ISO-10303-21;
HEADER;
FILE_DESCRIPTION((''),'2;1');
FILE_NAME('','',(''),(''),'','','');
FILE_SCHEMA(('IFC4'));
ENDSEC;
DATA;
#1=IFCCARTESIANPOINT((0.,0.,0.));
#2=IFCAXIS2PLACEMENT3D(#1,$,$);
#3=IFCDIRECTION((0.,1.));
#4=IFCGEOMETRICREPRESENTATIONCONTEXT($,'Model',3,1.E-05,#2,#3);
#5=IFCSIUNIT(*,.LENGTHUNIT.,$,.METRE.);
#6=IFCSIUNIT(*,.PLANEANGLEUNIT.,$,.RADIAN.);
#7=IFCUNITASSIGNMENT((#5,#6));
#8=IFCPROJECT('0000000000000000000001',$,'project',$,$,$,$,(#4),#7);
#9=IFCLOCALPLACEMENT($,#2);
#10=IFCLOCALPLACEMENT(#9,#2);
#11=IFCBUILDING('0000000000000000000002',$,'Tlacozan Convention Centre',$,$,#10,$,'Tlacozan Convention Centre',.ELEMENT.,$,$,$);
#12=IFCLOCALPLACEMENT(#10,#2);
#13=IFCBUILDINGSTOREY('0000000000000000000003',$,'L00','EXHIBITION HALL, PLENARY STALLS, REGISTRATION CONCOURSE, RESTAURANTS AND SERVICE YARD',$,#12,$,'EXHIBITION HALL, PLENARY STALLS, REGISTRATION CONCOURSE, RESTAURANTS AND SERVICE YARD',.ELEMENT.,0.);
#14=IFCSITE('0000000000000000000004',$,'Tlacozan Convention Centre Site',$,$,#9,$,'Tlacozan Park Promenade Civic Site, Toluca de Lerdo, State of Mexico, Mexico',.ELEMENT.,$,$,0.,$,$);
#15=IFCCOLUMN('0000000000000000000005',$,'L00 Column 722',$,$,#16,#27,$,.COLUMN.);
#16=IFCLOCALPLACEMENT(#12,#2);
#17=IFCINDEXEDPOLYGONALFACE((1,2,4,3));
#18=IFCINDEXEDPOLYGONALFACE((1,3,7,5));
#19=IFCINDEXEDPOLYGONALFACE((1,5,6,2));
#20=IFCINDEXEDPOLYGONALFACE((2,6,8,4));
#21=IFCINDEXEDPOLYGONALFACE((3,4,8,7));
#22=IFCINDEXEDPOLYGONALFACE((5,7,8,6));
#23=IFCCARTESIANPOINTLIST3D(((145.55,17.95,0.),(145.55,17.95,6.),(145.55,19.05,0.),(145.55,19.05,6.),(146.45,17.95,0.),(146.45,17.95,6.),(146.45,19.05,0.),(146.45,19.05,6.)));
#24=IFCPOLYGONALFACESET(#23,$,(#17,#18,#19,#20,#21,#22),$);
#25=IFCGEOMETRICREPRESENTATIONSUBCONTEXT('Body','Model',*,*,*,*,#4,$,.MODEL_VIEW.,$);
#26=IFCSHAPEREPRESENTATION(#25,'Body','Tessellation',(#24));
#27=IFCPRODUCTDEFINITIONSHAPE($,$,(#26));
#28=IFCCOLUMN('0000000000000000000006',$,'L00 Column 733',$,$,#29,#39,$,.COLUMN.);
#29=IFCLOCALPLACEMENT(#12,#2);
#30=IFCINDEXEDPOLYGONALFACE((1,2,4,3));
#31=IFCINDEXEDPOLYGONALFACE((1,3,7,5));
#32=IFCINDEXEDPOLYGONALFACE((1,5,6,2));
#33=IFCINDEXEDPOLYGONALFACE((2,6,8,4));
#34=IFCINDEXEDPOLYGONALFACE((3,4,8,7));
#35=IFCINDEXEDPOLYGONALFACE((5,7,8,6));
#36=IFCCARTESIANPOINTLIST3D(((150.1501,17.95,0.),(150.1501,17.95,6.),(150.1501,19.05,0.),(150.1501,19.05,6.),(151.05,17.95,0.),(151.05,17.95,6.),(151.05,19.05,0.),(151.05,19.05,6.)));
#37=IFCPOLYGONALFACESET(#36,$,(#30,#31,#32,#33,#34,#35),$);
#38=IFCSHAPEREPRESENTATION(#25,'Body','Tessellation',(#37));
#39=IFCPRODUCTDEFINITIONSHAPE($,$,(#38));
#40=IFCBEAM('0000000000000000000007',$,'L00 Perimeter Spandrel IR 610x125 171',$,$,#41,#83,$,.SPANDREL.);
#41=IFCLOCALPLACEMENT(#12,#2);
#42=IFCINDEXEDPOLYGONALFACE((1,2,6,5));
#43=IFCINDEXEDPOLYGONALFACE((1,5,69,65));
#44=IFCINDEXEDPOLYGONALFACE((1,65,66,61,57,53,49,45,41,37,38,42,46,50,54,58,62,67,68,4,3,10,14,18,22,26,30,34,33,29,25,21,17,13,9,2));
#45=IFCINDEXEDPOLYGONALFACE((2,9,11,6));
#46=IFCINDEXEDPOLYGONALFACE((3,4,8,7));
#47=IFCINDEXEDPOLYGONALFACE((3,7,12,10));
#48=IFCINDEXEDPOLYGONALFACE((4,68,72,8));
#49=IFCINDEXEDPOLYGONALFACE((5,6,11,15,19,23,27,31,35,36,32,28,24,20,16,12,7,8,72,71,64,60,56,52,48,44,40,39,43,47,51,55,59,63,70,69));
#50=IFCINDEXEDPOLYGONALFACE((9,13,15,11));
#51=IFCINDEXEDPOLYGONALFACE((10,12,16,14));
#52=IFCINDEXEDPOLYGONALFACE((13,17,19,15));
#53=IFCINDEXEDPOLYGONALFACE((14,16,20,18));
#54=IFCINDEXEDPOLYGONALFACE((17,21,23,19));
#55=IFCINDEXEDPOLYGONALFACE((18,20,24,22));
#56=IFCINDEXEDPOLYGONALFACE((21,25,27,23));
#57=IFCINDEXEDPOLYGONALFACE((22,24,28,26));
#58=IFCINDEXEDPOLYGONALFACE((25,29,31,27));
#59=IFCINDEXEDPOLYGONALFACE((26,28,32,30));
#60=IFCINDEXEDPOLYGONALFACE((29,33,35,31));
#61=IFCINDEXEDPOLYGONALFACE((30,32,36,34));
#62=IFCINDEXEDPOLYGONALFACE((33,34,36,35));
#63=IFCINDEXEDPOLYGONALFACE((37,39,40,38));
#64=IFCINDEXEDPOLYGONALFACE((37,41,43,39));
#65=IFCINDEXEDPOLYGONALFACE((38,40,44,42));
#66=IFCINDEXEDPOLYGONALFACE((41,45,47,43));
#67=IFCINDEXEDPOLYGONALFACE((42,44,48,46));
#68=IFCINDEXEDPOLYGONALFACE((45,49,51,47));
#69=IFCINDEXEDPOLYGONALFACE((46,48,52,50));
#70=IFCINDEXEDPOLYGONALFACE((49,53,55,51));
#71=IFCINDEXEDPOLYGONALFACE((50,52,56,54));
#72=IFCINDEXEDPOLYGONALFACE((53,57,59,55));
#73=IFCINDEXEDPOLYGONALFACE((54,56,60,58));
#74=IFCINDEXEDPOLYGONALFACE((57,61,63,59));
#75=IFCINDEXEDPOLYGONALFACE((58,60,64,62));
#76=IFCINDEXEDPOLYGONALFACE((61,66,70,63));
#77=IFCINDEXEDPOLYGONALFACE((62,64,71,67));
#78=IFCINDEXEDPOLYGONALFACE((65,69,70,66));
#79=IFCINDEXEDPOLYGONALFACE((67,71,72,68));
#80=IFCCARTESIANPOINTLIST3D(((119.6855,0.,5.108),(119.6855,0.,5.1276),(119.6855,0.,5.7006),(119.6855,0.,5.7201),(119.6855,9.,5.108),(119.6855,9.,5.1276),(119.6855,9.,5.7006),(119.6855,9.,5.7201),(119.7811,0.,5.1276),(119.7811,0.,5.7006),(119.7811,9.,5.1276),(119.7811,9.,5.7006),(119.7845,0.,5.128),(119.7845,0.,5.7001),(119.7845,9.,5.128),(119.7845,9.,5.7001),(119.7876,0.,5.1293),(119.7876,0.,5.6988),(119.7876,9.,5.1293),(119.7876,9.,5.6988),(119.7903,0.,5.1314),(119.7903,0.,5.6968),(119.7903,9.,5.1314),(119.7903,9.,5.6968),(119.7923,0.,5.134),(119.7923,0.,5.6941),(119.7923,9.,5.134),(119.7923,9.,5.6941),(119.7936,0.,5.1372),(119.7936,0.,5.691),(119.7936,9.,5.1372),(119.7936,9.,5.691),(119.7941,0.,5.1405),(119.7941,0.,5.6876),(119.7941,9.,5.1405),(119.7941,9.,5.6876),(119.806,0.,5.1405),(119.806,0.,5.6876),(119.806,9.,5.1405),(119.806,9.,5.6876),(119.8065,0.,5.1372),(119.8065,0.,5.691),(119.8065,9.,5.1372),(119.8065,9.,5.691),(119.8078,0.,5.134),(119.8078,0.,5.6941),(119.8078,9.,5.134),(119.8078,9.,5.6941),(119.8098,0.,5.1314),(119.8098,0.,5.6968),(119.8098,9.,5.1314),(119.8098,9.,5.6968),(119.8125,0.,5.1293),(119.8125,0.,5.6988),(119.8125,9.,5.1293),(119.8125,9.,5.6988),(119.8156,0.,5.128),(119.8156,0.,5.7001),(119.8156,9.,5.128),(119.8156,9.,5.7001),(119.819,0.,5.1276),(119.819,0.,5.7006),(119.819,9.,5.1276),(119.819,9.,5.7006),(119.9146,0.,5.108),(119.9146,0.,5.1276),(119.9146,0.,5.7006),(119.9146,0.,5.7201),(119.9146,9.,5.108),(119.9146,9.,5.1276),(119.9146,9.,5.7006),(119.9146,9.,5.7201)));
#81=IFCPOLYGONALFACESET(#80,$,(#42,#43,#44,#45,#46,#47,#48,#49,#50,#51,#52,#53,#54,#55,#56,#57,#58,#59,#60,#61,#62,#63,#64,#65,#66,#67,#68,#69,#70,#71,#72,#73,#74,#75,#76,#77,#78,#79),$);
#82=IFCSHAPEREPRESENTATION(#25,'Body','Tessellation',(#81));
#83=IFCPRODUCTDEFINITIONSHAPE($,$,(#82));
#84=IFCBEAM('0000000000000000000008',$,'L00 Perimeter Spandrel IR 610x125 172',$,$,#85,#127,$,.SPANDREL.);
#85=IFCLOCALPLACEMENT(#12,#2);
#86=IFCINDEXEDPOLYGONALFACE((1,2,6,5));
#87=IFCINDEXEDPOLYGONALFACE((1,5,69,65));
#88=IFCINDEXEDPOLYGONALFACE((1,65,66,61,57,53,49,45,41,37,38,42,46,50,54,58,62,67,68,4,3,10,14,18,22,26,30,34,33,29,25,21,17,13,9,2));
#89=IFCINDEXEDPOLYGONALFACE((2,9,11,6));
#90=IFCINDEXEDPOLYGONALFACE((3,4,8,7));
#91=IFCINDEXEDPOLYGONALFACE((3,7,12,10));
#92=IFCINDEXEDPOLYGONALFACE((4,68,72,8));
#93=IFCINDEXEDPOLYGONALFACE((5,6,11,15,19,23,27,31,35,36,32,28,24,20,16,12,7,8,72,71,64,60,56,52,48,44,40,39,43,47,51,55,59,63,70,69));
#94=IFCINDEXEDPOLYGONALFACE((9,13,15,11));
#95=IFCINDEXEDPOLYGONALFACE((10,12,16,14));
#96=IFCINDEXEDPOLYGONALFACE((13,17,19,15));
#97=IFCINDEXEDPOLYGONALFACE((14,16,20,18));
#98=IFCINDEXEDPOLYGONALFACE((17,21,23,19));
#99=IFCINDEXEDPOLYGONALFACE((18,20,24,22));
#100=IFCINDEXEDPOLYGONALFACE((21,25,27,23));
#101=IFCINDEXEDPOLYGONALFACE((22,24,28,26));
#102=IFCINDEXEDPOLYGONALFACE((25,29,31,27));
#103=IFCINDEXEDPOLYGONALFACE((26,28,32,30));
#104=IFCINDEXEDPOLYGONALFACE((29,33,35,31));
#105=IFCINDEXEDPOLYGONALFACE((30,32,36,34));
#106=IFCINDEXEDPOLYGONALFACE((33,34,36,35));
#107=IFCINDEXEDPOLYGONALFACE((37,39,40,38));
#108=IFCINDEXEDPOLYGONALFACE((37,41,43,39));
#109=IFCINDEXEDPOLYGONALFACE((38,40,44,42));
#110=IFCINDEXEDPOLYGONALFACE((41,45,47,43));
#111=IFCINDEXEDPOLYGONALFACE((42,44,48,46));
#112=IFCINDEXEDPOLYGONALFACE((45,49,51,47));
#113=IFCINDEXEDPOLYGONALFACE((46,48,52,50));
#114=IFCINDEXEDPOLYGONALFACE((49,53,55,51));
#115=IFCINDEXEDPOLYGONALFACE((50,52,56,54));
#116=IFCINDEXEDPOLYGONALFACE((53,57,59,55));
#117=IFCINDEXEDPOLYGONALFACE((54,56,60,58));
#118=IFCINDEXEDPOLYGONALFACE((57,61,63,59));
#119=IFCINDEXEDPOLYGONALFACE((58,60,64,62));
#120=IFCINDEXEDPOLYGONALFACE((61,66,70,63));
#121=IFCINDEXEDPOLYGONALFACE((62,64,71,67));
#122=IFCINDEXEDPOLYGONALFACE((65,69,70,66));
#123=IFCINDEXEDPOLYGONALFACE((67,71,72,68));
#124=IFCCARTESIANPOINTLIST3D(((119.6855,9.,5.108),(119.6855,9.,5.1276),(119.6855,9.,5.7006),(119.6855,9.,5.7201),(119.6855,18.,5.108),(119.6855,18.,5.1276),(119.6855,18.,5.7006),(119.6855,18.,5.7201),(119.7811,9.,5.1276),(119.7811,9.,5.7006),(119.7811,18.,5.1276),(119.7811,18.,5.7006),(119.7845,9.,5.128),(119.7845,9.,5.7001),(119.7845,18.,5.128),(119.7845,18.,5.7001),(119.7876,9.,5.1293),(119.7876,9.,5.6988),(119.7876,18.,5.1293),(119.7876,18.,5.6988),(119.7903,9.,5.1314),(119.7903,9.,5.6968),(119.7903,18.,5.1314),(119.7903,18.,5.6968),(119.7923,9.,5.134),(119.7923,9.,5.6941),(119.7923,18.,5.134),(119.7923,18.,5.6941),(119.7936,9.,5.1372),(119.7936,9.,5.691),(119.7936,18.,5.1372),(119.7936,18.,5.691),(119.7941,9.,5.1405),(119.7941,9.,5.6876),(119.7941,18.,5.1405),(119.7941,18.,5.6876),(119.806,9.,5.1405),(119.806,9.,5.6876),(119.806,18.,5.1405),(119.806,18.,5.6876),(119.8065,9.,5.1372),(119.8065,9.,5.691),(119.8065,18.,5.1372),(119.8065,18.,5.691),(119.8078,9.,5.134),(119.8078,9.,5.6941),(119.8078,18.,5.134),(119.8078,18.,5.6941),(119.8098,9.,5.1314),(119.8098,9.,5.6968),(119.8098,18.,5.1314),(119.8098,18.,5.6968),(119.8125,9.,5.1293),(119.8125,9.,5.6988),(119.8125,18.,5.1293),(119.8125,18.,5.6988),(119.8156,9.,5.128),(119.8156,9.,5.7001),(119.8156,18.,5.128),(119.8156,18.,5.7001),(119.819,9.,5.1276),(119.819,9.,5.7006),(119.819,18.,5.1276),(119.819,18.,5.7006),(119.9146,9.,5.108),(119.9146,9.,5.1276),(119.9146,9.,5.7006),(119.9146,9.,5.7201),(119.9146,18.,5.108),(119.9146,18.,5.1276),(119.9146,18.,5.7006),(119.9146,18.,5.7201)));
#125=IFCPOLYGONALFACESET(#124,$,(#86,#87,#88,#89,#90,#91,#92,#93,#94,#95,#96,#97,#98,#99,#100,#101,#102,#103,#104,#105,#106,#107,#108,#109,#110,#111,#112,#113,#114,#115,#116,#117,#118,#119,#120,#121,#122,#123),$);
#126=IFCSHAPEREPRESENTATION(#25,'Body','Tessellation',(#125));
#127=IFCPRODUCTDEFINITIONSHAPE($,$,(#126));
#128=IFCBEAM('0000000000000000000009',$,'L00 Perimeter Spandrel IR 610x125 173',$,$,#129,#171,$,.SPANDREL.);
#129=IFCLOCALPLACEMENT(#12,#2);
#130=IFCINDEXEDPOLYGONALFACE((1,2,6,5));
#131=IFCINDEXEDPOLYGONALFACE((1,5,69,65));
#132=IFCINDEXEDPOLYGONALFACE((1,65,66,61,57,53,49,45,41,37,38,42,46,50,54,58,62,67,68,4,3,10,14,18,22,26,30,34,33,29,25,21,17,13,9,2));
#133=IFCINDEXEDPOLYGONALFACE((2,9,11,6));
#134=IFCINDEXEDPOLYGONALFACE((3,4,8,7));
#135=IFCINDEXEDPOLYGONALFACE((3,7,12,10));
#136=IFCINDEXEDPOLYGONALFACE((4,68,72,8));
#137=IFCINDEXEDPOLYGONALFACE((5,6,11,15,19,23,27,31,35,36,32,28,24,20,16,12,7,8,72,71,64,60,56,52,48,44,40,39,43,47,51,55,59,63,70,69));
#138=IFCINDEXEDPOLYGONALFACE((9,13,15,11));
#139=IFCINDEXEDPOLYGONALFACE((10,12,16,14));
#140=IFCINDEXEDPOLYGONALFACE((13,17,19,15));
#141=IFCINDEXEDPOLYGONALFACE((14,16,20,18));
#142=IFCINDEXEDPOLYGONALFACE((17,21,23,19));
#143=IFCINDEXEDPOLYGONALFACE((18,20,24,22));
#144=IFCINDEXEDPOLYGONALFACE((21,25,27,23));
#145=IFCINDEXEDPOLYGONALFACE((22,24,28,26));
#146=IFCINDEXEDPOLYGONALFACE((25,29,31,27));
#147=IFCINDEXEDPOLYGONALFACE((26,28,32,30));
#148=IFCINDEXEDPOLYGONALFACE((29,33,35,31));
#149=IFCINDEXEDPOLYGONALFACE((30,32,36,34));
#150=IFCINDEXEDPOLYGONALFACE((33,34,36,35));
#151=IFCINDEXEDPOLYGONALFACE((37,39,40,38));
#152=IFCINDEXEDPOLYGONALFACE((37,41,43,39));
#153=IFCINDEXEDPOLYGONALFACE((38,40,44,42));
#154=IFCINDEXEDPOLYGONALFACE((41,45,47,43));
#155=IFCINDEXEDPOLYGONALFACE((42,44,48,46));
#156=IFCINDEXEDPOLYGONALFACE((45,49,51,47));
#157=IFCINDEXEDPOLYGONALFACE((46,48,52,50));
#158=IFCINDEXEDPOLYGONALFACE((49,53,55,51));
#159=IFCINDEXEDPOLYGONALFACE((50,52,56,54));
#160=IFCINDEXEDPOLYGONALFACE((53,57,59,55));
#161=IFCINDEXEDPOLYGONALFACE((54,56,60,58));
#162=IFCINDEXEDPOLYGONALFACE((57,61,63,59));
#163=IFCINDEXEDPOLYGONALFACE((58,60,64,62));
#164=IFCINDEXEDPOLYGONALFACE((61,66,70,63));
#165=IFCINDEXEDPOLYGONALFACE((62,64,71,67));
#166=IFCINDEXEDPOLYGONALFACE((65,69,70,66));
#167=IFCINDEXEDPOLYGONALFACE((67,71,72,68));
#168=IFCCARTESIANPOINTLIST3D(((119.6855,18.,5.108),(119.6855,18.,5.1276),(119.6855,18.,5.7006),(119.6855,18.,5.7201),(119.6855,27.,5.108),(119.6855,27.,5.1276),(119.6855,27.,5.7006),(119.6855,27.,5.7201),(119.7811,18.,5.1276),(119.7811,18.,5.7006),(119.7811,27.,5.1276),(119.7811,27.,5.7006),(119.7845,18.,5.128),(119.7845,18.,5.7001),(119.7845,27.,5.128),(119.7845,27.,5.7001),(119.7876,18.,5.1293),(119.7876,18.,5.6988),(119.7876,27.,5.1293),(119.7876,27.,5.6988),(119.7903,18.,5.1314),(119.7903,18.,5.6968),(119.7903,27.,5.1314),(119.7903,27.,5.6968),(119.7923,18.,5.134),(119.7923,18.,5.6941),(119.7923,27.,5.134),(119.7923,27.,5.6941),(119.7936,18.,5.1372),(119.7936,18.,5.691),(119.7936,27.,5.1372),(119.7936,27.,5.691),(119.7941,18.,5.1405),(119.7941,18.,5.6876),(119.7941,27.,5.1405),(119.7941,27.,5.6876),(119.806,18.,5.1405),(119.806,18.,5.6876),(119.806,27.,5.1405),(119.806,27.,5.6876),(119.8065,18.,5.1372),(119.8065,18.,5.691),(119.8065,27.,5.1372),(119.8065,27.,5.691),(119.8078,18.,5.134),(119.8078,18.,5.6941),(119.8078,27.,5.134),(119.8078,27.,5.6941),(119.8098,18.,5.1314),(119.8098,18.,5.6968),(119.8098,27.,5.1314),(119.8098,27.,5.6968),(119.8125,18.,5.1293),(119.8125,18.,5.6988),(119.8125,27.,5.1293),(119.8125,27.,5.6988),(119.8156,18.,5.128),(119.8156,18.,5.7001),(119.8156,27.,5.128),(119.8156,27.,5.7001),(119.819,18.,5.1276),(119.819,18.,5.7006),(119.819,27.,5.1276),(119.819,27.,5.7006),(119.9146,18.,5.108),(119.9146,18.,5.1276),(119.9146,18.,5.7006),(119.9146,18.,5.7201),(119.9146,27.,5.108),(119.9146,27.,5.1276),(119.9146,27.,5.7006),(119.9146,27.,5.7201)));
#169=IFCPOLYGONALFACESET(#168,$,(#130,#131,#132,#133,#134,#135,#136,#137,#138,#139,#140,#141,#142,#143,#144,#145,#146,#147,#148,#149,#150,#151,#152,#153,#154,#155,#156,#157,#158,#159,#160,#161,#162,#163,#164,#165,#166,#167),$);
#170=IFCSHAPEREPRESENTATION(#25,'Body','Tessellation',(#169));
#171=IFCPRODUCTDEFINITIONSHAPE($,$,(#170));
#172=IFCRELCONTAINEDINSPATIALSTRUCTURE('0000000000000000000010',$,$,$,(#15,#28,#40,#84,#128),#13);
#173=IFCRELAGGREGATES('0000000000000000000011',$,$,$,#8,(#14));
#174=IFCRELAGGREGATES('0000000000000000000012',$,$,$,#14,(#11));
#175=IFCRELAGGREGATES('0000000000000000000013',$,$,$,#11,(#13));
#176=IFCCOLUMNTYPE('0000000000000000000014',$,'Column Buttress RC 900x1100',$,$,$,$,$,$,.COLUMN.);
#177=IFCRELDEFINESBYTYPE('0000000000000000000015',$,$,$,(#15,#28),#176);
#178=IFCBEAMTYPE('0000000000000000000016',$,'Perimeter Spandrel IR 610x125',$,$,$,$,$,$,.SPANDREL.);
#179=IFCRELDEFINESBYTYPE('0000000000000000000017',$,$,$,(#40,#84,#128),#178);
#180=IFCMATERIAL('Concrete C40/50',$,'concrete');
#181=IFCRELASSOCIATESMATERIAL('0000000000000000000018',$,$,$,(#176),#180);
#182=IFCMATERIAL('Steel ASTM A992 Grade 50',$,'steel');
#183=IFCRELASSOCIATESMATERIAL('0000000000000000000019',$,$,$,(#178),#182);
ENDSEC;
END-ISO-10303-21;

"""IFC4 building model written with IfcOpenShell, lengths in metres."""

from ifc_helpers import new_model, si_unit, direction, frame, origin, origin_2d, place, context, subcontext, project, spatial, rectangle, i_section, extrude, material, material_profile, profile_set, type_object, element, save


model = new_model("IFC4")

# Units and contexts
model_context = context("Model", 3, precision=1e-05, world=origin(), true_north=direction((0.0, 1.0)))
body_context = subcontext(model_context, "Body", "Model", "MODEL_VIEW")
ifc_project = project(units=[si_unit("LENGTHUNIT", "METRE"), si_unit("PLANEANGLEUNIT", "RADIAN")], contexts=[model_context])

# Site, building, storey
site_placement = place(None, origin())
site = spatial("IfcSite", under=ifc_project, at=site_placement, Name="Tlacozan Convention Centre Site", LongName="Tlacozan Park Promenade Civic Site, Toluca de Lerdo, State of Mexico, Mexico", CompositionType="ELEMENT", RefElevation=0.0)
building_placement = place(site_placement, origin())
building = spatial("IfcBuilding", under=site, at=building_placement, Name="Tlacozan Convention Centre", LongName="Tlacozan Convention Centre", CompositionType="ELEMENT")
storey_placement = place(building_placement, origin())
storey = spatial("IfcBuildingStorey", under=building, at=storey_placement, Name="L00", Description="EXHIBITION HALL, PLENARY STALLS, REGISTRATION CONCOURSE, RESTAURANTS AND SERVICE YARD", LongName="EXHIBITION HALL, PLENARY STALLS, REGISTRATION CONCOURSE, RESTAURANTS AND SERVICE YARD", CompositionType="ELEMENT", Elevation=0.0)

# Columns
ifc_material_1 = material(Name="Concrete C40/50", Category="concrete")
ifc_material_profile_1 = material_profile(ifc_material_1, rectangle(XDim=0.8999, YDim=1.1001, at=origin_2d()), Name="RC 900x1100")
ifc_profile_set_1 = profile_set([ifc_material_profile_1], Name="Concrete C40/50")
column_type = type_object("IfcColumnType", Name="Column Buttress RC 900x1100", PredefinedType="COLUMN", material=ifc_profile_set_1)
for number, where, z_axis, x_axis, name in (
    (1, (146.0, 18.5, 0.0), (0.0, 0.0, 1.0), (1.0, 0.0, 0.0), "L00 Column 722"),
    (2, (150.6001, 18.5, 0.0), (0.0, 0.0, 1.0), (1.0, 0.0, 0.0), "L00 Column 733"),
):
    element("IfcColumn", number, at=place(storey_placement, frame(where, z_axis=z_axis, x_axis=x_axis)), inside=storey, type_object=column_type, Name=name, PredefinedType="COLUMN", context=body_context, shape_type="SweptSolid", body=[
        extrude(rectangle(XDim=0.8999, YDim=1.1001, at=origin_2d()), origin(), (0.0, 0.0, 1.0), 6.0),
    ])

# Beams
ifc_material_2 = material(Name="Steel ASTM A992 Grade 50", Category="steel")
ifc_material_profile_2 = material_profile(ifc_material_2, i_section(OverallWidth=0.229, OverallDepth=0.6121, WebThickness=0.012, FlangeThickness=0.0195, FilletRadius=0.0129, at=origin_2d()), Name="IR 610x125.0")
ifc_profile_set_2 = profile_set([ifc_material_profile_2], Name="Steel ASTM A992 Grade 50")
beam_type_1 = type_object("IfcBeamType", Name="Perimeter Spandrel IR 610x125", PredefinedType="SPANDREL", material=ifc_profile_set_2)
for number, where, z_axis, x_axis, name in (
    (3, (119.8, 0.0, 5.4141), (0.0, 1.0, 0.0), (-1.0, 0.0, 0.0), "L00 Perimeter Spandrel IR 610x125 171"),
    (4, (119.8, 9.0, 5.4141), (0.0, 1.0, 0.0), (-1.0, 0.0, 0.0), "L00 Perimeter Spandrel IR 610x125 172"),
    (5, (119.8, 18.0, 5.4141), (0.0, 1.0, 0.0), (-1.0, 0.0, 0.0), "L00 Perimeter Spandrel IR 610x125 173"),
):
    element("IfcBeam", number, at=place(storey_placement, frame(where, z_axis=z_axis, x_axis=x_axis)), inside=storey, type_object=beam_type_1, Name=name, PredefinedType="SPANDREL", context=body_context, shape_type="SweptSolid", body=[
        extrude(i_section(OverallWidth=0.229, OverallDepth=0.6121, WebThickness=0.012, FlangeThickness=0.0195, FilletRadius=0.0129, at=origin_2d()), origin(), (0.0, 0.0, 1.0), 9.0),
    ])

save(model, "model.ifc")
